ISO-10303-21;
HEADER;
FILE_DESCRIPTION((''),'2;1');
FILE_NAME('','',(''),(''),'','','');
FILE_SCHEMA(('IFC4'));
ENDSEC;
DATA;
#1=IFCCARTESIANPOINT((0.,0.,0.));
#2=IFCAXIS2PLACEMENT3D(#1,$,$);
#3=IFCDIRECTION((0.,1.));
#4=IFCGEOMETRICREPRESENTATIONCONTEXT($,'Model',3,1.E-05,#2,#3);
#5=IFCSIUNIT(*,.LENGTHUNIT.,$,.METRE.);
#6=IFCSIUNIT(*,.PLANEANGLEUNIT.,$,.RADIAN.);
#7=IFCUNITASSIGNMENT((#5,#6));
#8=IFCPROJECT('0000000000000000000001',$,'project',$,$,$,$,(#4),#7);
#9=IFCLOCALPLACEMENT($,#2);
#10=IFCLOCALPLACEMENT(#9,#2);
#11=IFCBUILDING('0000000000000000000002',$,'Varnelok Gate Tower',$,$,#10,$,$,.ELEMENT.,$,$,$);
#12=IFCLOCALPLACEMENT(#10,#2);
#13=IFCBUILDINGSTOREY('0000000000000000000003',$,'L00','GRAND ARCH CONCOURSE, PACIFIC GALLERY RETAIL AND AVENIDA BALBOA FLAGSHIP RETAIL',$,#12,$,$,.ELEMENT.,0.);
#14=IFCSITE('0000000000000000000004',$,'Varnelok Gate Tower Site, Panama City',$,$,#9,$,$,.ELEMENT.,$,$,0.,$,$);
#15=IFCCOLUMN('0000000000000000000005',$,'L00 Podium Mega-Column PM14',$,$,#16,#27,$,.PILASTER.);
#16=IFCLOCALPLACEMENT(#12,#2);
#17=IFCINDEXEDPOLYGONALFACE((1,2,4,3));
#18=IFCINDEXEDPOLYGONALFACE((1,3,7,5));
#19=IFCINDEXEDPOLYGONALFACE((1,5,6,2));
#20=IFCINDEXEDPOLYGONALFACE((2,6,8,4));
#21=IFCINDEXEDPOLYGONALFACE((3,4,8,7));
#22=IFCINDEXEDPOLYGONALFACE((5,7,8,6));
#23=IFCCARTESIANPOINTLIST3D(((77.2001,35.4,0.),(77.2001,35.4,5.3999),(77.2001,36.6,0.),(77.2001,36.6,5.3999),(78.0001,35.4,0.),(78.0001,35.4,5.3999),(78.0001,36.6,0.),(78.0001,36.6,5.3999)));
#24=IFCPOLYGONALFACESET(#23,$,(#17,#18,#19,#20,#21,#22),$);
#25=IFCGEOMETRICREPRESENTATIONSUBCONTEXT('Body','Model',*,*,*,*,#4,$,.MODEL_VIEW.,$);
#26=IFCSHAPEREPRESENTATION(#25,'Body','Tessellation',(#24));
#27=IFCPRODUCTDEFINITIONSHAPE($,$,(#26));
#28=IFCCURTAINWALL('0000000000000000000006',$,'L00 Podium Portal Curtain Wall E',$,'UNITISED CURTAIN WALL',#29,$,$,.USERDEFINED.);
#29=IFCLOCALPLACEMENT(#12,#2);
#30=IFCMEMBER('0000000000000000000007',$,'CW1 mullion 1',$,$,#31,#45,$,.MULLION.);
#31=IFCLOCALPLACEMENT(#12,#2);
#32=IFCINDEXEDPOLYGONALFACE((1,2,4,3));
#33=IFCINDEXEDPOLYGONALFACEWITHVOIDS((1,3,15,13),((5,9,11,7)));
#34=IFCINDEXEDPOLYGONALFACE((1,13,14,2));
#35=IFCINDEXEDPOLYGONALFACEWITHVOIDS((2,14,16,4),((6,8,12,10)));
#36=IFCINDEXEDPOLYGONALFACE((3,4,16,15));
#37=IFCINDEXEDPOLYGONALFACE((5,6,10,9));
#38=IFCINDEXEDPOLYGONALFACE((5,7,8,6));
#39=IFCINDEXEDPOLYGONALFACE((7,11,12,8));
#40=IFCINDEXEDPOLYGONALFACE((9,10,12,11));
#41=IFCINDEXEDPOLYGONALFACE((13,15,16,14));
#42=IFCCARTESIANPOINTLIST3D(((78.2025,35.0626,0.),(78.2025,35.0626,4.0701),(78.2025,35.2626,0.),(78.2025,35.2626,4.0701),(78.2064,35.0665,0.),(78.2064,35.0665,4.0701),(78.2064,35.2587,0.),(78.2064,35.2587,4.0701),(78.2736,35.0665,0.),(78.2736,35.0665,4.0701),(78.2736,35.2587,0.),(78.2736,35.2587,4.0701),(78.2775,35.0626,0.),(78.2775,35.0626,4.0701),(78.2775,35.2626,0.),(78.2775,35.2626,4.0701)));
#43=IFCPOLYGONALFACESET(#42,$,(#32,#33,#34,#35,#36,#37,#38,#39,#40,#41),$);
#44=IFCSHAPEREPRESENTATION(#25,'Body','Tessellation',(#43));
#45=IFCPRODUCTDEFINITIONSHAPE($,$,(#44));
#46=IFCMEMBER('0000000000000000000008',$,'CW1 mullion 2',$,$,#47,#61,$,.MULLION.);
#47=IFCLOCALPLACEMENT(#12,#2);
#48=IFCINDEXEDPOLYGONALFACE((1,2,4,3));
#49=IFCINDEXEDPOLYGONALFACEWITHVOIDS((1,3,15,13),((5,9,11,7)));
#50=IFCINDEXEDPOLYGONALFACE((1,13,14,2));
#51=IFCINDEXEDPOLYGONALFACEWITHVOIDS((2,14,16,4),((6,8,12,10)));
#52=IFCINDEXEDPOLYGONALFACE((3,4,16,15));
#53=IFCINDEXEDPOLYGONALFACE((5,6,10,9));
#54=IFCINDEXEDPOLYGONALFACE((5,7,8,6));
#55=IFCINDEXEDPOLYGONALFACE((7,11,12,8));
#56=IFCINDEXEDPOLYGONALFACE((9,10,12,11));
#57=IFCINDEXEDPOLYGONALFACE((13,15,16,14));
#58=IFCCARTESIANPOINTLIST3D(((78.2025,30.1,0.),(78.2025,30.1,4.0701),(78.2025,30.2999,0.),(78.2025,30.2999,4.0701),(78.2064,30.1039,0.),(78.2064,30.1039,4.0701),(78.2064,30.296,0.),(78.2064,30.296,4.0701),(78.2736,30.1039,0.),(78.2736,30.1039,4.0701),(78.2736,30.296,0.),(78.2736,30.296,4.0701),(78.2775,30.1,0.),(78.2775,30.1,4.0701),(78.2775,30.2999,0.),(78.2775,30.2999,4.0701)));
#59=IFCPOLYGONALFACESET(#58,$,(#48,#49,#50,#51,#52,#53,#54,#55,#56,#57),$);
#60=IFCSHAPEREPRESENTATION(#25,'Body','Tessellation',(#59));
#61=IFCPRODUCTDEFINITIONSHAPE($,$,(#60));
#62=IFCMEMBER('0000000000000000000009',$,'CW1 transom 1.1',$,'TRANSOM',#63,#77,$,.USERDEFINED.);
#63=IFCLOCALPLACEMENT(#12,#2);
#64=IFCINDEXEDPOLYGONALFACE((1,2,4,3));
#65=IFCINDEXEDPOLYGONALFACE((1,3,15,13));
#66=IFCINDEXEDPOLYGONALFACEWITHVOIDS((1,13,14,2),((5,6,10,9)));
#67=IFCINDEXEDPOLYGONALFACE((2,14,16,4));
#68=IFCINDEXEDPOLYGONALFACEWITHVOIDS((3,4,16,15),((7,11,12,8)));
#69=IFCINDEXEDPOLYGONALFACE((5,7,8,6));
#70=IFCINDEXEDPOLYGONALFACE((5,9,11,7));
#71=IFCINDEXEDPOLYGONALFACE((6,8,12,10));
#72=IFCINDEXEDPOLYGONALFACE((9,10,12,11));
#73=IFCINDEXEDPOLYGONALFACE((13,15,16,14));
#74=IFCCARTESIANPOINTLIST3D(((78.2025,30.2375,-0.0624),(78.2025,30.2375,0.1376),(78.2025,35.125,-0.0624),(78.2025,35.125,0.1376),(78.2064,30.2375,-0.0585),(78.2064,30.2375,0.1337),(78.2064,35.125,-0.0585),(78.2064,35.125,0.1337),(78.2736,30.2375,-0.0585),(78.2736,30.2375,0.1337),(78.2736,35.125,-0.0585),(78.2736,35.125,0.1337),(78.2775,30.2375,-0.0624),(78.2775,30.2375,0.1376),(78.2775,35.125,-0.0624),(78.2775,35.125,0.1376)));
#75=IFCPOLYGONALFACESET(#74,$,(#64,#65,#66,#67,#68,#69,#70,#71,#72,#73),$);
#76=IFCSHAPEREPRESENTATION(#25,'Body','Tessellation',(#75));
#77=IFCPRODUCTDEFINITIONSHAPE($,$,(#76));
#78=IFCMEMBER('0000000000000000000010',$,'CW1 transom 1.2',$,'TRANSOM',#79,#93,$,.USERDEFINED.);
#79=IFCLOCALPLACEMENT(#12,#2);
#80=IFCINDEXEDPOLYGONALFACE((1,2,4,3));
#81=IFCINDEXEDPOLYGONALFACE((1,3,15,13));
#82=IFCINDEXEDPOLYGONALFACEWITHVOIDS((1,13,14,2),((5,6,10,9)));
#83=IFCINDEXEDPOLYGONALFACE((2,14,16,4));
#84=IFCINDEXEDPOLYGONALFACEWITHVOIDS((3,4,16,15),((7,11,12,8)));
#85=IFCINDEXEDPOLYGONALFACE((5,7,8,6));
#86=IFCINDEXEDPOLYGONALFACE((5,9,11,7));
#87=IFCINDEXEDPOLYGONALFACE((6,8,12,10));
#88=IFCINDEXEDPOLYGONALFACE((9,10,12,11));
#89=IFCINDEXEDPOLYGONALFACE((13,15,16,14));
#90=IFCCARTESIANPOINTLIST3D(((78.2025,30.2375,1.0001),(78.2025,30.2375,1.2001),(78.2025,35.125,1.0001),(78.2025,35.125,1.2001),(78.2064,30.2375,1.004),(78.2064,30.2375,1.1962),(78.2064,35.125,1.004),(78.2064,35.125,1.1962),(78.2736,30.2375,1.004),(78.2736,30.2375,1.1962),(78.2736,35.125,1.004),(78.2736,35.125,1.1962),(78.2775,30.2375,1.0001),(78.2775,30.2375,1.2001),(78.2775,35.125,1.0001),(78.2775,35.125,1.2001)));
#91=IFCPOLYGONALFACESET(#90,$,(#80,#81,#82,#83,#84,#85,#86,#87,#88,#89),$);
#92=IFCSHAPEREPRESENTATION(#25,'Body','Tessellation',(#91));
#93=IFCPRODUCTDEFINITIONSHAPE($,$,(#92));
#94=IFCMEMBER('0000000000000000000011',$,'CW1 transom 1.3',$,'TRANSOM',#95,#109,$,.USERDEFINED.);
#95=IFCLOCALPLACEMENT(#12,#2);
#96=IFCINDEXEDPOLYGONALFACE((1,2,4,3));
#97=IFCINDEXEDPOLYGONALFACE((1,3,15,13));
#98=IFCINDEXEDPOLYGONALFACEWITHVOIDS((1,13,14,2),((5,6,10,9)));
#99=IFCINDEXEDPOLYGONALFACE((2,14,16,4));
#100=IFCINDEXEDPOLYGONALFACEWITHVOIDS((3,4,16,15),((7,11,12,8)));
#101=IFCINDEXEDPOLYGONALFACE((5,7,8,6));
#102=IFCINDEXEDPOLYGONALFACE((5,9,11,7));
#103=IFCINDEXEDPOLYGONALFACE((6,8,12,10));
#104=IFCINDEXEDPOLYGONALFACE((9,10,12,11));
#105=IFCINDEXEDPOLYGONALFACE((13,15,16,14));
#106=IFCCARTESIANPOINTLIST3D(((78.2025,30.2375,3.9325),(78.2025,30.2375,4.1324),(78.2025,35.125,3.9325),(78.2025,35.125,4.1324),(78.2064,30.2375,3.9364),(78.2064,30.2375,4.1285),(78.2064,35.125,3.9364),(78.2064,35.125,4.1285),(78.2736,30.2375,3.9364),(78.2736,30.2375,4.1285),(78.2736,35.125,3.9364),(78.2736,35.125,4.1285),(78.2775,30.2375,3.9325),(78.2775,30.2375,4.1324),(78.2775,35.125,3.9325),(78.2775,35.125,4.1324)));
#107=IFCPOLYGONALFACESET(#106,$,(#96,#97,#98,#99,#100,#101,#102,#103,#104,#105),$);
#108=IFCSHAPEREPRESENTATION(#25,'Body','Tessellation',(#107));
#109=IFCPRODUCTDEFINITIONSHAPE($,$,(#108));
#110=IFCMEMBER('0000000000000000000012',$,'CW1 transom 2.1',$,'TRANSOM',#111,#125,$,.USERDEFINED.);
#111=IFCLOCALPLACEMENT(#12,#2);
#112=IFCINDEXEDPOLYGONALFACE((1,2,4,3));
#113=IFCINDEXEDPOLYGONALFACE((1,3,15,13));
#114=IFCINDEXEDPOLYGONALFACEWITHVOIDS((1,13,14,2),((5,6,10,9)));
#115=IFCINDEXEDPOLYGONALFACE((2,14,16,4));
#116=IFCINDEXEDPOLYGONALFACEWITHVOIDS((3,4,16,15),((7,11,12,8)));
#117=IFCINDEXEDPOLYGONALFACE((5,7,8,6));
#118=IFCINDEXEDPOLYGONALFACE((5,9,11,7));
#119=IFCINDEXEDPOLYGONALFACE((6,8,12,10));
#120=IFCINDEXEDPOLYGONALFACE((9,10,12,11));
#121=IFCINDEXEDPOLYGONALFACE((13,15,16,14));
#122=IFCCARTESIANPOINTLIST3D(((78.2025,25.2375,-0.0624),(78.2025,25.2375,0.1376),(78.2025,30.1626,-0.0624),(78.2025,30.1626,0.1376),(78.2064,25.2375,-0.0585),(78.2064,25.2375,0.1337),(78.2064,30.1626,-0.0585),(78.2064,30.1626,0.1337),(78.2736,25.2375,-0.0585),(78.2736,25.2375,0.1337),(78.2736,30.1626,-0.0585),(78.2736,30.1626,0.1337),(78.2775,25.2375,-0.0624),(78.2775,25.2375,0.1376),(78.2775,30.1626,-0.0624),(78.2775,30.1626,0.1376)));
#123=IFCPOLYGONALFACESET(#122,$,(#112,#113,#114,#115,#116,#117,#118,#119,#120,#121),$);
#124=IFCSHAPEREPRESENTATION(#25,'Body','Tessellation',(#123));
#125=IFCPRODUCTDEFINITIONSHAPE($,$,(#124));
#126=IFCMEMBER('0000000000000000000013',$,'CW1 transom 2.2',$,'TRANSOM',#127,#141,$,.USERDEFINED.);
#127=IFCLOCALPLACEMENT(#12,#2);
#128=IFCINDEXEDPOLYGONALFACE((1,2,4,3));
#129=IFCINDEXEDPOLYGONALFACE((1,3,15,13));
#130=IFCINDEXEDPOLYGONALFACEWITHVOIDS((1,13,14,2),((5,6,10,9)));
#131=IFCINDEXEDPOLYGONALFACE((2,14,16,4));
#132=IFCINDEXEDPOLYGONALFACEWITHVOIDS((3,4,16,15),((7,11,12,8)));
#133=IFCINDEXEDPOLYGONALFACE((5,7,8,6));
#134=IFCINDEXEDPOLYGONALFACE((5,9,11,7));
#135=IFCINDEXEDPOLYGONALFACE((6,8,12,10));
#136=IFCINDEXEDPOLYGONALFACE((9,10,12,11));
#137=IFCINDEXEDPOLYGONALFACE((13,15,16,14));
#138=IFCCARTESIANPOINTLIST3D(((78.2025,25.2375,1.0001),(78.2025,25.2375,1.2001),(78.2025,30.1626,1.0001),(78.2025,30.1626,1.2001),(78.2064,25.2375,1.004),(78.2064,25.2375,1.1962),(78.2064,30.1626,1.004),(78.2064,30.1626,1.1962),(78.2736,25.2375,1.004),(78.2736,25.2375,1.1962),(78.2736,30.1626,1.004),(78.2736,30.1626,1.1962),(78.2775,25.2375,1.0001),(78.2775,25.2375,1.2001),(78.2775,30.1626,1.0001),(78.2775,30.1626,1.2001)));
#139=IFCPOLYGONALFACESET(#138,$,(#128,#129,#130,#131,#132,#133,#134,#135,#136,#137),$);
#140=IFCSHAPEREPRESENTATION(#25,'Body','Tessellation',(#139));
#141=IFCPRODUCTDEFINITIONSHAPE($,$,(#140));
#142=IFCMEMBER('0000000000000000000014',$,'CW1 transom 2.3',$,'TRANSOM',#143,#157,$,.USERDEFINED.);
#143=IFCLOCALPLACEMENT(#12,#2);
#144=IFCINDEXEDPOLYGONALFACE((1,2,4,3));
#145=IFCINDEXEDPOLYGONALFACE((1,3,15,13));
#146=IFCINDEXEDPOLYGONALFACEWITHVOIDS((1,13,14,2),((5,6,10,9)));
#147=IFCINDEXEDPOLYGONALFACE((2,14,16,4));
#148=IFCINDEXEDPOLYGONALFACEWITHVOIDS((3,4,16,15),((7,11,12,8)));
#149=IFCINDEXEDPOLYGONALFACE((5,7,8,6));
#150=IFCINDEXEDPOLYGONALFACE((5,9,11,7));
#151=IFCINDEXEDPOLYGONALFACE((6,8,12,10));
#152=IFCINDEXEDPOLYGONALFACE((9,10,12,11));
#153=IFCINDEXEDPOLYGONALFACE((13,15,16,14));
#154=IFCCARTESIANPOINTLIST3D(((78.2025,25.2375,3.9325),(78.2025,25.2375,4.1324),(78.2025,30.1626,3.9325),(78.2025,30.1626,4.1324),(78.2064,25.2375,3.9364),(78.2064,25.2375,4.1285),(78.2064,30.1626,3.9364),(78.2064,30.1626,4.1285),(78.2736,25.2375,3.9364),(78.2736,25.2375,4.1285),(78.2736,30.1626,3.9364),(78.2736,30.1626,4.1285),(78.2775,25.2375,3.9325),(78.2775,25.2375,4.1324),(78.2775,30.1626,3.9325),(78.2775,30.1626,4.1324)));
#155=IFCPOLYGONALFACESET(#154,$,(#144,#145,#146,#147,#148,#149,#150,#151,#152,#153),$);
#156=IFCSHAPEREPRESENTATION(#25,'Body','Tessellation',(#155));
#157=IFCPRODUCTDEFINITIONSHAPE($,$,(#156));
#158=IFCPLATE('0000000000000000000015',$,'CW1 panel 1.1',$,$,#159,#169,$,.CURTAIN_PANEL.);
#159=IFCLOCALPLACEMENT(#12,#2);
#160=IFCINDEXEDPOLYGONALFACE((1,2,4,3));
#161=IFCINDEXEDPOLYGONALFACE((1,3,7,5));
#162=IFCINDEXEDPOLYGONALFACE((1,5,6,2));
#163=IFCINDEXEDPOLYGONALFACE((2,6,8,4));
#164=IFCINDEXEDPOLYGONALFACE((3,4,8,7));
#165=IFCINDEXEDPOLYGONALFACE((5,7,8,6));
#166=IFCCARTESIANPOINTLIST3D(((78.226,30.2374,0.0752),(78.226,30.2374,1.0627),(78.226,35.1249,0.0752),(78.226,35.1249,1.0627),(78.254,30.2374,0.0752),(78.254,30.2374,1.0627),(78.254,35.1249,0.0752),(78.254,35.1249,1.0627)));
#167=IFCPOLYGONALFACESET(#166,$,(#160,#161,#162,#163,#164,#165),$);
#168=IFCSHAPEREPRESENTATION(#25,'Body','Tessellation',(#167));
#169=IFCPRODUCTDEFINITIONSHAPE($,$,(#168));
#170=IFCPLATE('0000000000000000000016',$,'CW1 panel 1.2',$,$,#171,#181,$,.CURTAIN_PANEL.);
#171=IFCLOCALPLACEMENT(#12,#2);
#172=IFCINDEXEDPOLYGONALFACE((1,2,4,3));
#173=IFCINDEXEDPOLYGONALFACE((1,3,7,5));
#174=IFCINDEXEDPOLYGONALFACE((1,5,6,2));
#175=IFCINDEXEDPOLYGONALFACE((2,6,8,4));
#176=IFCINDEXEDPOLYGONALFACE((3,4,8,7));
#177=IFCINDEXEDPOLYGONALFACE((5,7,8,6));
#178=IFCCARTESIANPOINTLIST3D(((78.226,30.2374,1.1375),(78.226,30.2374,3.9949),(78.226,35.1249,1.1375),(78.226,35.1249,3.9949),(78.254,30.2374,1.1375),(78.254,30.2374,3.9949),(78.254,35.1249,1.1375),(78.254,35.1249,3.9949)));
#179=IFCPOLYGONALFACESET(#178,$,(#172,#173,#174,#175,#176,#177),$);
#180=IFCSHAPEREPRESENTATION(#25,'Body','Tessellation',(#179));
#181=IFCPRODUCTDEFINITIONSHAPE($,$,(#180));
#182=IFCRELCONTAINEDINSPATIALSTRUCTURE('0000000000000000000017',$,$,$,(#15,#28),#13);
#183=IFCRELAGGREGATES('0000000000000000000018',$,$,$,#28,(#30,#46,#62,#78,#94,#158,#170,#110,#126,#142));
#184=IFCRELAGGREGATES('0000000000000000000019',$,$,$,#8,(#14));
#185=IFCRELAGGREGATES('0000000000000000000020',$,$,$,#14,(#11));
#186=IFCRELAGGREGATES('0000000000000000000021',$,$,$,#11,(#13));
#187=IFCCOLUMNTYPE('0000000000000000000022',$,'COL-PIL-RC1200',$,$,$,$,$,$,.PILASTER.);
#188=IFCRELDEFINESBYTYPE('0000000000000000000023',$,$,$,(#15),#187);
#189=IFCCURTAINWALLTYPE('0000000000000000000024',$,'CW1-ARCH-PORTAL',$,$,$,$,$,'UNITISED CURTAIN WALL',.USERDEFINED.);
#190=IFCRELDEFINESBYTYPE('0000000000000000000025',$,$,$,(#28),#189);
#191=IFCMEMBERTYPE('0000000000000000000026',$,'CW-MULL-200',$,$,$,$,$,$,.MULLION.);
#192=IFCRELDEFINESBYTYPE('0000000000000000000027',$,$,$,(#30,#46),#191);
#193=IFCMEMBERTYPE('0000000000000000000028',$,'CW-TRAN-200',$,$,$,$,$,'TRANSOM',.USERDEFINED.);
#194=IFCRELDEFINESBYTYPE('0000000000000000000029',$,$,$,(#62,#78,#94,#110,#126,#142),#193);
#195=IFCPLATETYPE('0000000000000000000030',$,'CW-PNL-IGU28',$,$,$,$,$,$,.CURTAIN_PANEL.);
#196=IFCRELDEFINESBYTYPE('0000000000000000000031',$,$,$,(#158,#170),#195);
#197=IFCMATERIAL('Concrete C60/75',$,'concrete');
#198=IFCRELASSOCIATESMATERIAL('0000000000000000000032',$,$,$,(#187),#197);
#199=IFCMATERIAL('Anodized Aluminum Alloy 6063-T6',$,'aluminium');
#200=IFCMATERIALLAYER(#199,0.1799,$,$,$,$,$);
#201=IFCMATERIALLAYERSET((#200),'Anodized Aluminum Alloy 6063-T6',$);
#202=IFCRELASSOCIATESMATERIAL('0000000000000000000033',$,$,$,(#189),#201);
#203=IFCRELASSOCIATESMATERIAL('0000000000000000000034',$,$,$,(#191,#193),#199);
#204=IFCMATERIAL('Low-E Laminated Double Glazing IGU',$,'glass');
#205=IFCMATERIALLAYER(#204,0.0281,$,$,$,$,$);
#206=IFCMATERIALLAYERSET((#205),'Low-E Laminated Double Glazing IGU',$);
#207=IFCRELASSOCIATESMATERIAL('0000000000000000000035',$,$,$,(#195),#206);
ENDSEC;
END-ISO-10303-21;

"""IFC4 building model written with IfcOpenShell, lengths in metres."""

from ifc_helpers import new_model, si_unit, direction, frame, origin, origin_2d, place, context, subcontext, project, spatial, rectangle, hollow_rectangle, extrude, source, transform, mapped, material, layer, layer_set, material_profile, profile_set, type_object, element, aggregate, save


model = new_model("IFC4")

# Units and contexts
model_context = context("Model", 3, precision=1e-05, world=origin(), true_north=direction((0.0, 1.0)))
body_context = subcontext(model_context, "Body", "Model", "MODEL_VIEW")
ifc_project = project(units=[si_unit("LENGTHUNIT", "METRE"), si_unit("PLANEANGLEUNIT", "RADIAN")], contexts=[model_context])

# Site, building, storey
site_placement = place(None, origin())
site = spatial("IfcSite", under=ifc_project, at=site_placement, Name="Varnelok Gate Tower Site, Panama City", CompositionType="ELEMENT", RefElevation=0.0)
building_placement = place(site_placement, origin())
building = spatial("IfcBuilding", under=site, at=building_placement, Name="Varnelok Gate Tower", CompositionType="ELEMENT")
storey_placement = place(building_placement, origin())
storey = spatial("IfcBuildingStorey", under=building, at=storey_placement, Name="L00", Description="GRAND ARCH CONCOURSE, PACIFIC GALLERY RETAIL AND AVENIDA BALBOA FLAGSHIP RETAIL", CompositionType="ELEMENT", Elevation=0.0)

# Column
ifc_material_1 = material(Name="Concrete C60/75", Category="concrete")
ifc_material_profile_1 = material_profile(ifc_material_1, rectangle(XDim=0.8, YDim=1.2, at=origin_2d()), Name="RC1200X800")
ifc_profile_set_1 = profile_set([ifc_material_profile_1], Name="Concrete C60/75")
column_type = type_object("IfcColumnType", Name="COL-PIL-RC1200", PredefinedType="PILASTER", material=ifc_profile_set_1)
column_placement = place(storey_placement, frame((77.6001, 36.0, 0.0), z_axis=(0.0, 0.0, 1.0), x_axis=(1.0, 0.0, 0.0)))
element("IfcColumn", 1, at=column_placement, inside=storey, type_object=column_type, Name="L00 Podium Mega-Column PM14", PredefinedType="PILASTER", context=body_context, shape_type="SweptSolid", body=[
    extrude(rectangle(XDim=0.8, YDim=1.2, at=origin_2d()), origin(), (0.0, 0.0, 1.0), 5.3999),
])

# Curtain wall, members, plates
ifc_material_2 = material(Name="Anodized Aluminum Alloy 6063-T6", Category="aluminium")
ifc_layer_1 = layer(ifc_material_2, 0.1799)
ifc_layer_set_1 = layer_set([ifc_layer_1], Name="Anodized Aluminum Alloy 6063-T6")
curtain_wall_type = type_object("IfcCurtainWallType", Name="CW1-ARCH-PORTAL", ElementType="UNITISED CURTAIN WALL", PredefinedType="USERDEFINED", material=ifc_layer_set_1)
curtain_wall_placement = place(storey_placement, origin())
curtain_wall = element("IfcCurtainWall", 2, at=curtain_wall_placement, inside=storey, type_object=curtain_wall_type, Name="L00 Podium Portal Curtain Wall E", ObjectType="UNITISED CURTAIN WALL", PredefinedType="USERDEFINED")
ifc_material_profile_2 = material_profile(ifc_material_2, hollow_rectangle(XDim=0.075, YDim=0.2, WallThickness=0.0039, at=origin_2d()), Name="ALU200X75X4")
ifc_profile_set_2 = profile_set([ifc_material_profile_2], Name="Anodized Aluminum Alloy 6063-T6")
member_type_1 = type_object("IfcMemberType", Name="CW-MULL-200", PredefinedType="MULLION", material=ifc_profile_set_2)
member_1_placement = place(storey_placement, frame((78.24, 35.1626, 0.0), z_axis=(0.0, 0.0, 1.0), x_axis=(1.0, 0.0, 0.0)))
member_1 = element("IfcMember", 3, at=member_1_placement, type_object=member_type_1, Name="CW1 mullion 1", PredefinedType="MULLION", context=body_context, shape_type="SweptSolid", body=[
    extrude(hollow_rectangle(XDim=0.075, YDim=0.2, WallThickness=0.0039, at=origin_2d()), origin(), (0.0, 0.0, 1.0), 4.0701),
])
member_2_placement = place(storey_placement, frame((78.24, 30.2, 0.0), z_axis=(0.0, 0.0, 1.0), x_axis=(1.0, 0.0, 0.0)))
member_2 = element("IfcMember", 4, at=member_2_placement, type_object=member_type_1, Name="CW1 mullion 2", PredefinedType="MULLION", context=body_context, shape_type="SweptSolid", body=[
    extrude(hollow_rectangle(XDim=0.075, YDim=0.2, WallThickness=0.0039, at=origin_2d()), origin(), (0.0, 0.0, 1.0), 4.0701),
])
ifc_material_profile_3 = material_profile(ifc_material_2, hollow_rectangle(XDim=0.075, YDim=0.2, WallThickness=0.0039, at=origin_2d()), Name="ALU200X75X4")
ifc_profile_set_3 = profile_set([ifc_material_profile_3], Name="Anodized Aluminum Alloy 6063-T6")
member_type_2 = type_object("IfcMemberType", Name="CW-TRAN-200", ElementType="TRANSOM", PredefinedType="USERDEFINED", material=ifc_profile_set_3)
member_3_placement = place(storey_placement, frame((78.24, 35.125, 0.0376), z_axis=(0.0, -1.0, 0.0), x_axis=(1.0, 0.0, 0.0)))
member_3 = element("IfcMember", 5, at=member_3_placement, type_object=member_type_2, Name="CW1 transom 1.1", ObjectType="TRANSOM", PredefinedType="USERDEFINED", context=body_context, shape_type="SweptSolid", body=[
    extrude(hollow_rectangle(XDim=0.075, YDim=0.2, WallThickness=0.0039, at=origin_2d()), origin(), (0.0, 0.0, 1.0), 4.8875),
])
member_4_placement = place(storey_placement, frame((78.24, 35.125, 1.1001), z_axis=(0.0, -1.0, 0.0), x_axis=(1.0, 0.0, 0.0)))
member_4 = element("IfcMember", 6, at=member_4_placement, type_object=member_type_2, Name="CW1 transom 1.2", ObjectType="TRANSOM", PredefinedType="USERDEFINED", context=body_context, shape_type="SweptSolid", body=[
    extrude(hollow_rectangle(XDim=0.075, YDim=0.2, WallThickness=0.0039, at=origin_2d()), origin(), (0.0, 0.0, 1.0), 4.8875),
])
member_5_placement = place(storey_placement, frame((78.24, 35.125, 4.0325), z_axis=(0.0, -1.0, 0.0), x_axis=(1.0, 0.0, 0.0)))
member_5 = element("IfcMember", 7, at=member_5_placement, type_object=member_type_2, Name="CW1 transom 1.3", ObjectType="TRANSOM", PredefinedType="USERDEFINED", context=body_context, shape_type="SweptSolid", body=[
    extrude(hollow_rectangle(XDim=0.075, YDim=0.2, WallThickness=0.0039, at=origin_2d()), origin(), (0.0, 0.0, 1.0), 4.8875),
])
member_6_placement = place(storey_placement, frame((78.24, 30.1626, 0.0376), z_axis=(0.0, -1.0, 0.0), x_axis=(1.0, 0.0, 0.0)))
member_6 = element("IfcMember", 8, at=member_6_placement, type_object=member_type_2, Name="CW1 transom 2.1", ObjectType="TRANSOM", PredefinedType="USERDEFINED", context=body_context, shape_type="SweptSolid", body=[
    extrude(hollow_rectangle(XDim=0.075, YDim=0.2, WallThickness=0.0039, at=origin_2d()), origin(), (0.0, 0.0, 1.0), 4.925),
])
member_7_placement = place(storey_placement, frame((78.24, 30.1626, 1.1001), z_axis=(0.0, -1.0, 0.0), x_axis=(1.0, 0.0, 0.0)))
member_7 = element("IfcMember", 9, at=member_7_placement, type_object=member_type_2, Name="CW1 transom 2.2", ObjectType="TRANSOM", PredefinedType="USERDEFINED", context=body_context, shape_type="SweptSolid", body=[
    extrude(hollow_rectangle(XDim=0.075, YDim=0.2, WallThickness=0.0039, at=origin_2d()), origin(), (0.0, 0.0, 1.0), 4.925),
])
member_8_placement = place(storey_placement, frame((78.24, 30.1626, 4.0325), z_axis=(0.0, -1.0, 0.0), x_axis=(1.0, 0.0, 0.0)))
member_8 = element("IfcMember", 10, at=member_8_placement, type_object=member_type_2, Name="CW1 transom 2.3", ObjectType="TRANSOM", PredefinedType="USERDEFINED", context=body_context, shape_type="SweptSolid", body=[
    extrude(hollow_rectangle(XDim=0.075, YDim=0.2, WallThickness=0.0039, at=origin_2d()), origin(), (0.0, 0.0, 1.0), 4.925),
])
ifc_material_3 = material(Name="Low-E Laminated Double Glazing IGU", Category="glass")
ifc_layer_2 = layer(ifc_material_3, 0.0281)
ifc_layer_set_2 = layer_set([ifc_layer_2], Name="Low-E Laminated Double Glazing IGU")
plate_type = type_object("IfcPlateType", Name="CW-PNL-IGU28", PredefinedType="CURTAIN_PANEL", material=ifc_layer_set_2)
shared_shape_1 = source(origin(), body_context, "Body", "SweptSolid", [
    extrude(rectangle(XDim=4.8875, YDim=0.0281, at=origin_2d()), origin(), (0.0, 0.0, 1.0), 0.9875),
])
plate_1_placement = place(storey_placement, frame((78.24, 32.6812, 0.0752), z_axis=(0.0, 0.0, 1.0), x_axis=(0.0, -1.0, 0.0)))
plate_1 = element("IfcPlate", 11, at=plate_1_placement, type_object=plate_type, Name="CW1 panel 1.1", PredefinedType="CURTAIN_PANEL", context=body_context, shape_type="MappedRepresentation", body=[
    mapped(shared_shape_1, transform((0.0, 0.0, 0.0), scale=1.0)),
])
shared_shape_2 = source(origin(), body_context, "Body", "SweptSolid", [
    extrude(rectangle(XDim=4.8875, YDim=0.0281, at=origin_2d()), origin(), (0.0, 0.0, 1.0), 2.8574),
])
plate_2_placement = place(storey_placement, frame((78.24, 32.6812, 1.1375), z_axis=(0.0, 0.0, 1.0), x_axis=(0.0, -1.0, 0.0)))
plate_2 = element("IfcPlate", 12, at=plate_2_placement, type_object=plate_type, Name="CW1 panel 1.2", PredefinedType="CURTAIN_PANEL", context=body_context, shape_type="MappedRepresentation", body=[
    mapped(shared_shape_2, transform((0.0, 0.0, 0.0), scale=1.0)),
])
aggregate(curtain_wall, [member_1, member_2, member_3, member_4, member_5, plate_1, plate_2, member_6, member_7, member_8])

save(model, "model.ifc")
